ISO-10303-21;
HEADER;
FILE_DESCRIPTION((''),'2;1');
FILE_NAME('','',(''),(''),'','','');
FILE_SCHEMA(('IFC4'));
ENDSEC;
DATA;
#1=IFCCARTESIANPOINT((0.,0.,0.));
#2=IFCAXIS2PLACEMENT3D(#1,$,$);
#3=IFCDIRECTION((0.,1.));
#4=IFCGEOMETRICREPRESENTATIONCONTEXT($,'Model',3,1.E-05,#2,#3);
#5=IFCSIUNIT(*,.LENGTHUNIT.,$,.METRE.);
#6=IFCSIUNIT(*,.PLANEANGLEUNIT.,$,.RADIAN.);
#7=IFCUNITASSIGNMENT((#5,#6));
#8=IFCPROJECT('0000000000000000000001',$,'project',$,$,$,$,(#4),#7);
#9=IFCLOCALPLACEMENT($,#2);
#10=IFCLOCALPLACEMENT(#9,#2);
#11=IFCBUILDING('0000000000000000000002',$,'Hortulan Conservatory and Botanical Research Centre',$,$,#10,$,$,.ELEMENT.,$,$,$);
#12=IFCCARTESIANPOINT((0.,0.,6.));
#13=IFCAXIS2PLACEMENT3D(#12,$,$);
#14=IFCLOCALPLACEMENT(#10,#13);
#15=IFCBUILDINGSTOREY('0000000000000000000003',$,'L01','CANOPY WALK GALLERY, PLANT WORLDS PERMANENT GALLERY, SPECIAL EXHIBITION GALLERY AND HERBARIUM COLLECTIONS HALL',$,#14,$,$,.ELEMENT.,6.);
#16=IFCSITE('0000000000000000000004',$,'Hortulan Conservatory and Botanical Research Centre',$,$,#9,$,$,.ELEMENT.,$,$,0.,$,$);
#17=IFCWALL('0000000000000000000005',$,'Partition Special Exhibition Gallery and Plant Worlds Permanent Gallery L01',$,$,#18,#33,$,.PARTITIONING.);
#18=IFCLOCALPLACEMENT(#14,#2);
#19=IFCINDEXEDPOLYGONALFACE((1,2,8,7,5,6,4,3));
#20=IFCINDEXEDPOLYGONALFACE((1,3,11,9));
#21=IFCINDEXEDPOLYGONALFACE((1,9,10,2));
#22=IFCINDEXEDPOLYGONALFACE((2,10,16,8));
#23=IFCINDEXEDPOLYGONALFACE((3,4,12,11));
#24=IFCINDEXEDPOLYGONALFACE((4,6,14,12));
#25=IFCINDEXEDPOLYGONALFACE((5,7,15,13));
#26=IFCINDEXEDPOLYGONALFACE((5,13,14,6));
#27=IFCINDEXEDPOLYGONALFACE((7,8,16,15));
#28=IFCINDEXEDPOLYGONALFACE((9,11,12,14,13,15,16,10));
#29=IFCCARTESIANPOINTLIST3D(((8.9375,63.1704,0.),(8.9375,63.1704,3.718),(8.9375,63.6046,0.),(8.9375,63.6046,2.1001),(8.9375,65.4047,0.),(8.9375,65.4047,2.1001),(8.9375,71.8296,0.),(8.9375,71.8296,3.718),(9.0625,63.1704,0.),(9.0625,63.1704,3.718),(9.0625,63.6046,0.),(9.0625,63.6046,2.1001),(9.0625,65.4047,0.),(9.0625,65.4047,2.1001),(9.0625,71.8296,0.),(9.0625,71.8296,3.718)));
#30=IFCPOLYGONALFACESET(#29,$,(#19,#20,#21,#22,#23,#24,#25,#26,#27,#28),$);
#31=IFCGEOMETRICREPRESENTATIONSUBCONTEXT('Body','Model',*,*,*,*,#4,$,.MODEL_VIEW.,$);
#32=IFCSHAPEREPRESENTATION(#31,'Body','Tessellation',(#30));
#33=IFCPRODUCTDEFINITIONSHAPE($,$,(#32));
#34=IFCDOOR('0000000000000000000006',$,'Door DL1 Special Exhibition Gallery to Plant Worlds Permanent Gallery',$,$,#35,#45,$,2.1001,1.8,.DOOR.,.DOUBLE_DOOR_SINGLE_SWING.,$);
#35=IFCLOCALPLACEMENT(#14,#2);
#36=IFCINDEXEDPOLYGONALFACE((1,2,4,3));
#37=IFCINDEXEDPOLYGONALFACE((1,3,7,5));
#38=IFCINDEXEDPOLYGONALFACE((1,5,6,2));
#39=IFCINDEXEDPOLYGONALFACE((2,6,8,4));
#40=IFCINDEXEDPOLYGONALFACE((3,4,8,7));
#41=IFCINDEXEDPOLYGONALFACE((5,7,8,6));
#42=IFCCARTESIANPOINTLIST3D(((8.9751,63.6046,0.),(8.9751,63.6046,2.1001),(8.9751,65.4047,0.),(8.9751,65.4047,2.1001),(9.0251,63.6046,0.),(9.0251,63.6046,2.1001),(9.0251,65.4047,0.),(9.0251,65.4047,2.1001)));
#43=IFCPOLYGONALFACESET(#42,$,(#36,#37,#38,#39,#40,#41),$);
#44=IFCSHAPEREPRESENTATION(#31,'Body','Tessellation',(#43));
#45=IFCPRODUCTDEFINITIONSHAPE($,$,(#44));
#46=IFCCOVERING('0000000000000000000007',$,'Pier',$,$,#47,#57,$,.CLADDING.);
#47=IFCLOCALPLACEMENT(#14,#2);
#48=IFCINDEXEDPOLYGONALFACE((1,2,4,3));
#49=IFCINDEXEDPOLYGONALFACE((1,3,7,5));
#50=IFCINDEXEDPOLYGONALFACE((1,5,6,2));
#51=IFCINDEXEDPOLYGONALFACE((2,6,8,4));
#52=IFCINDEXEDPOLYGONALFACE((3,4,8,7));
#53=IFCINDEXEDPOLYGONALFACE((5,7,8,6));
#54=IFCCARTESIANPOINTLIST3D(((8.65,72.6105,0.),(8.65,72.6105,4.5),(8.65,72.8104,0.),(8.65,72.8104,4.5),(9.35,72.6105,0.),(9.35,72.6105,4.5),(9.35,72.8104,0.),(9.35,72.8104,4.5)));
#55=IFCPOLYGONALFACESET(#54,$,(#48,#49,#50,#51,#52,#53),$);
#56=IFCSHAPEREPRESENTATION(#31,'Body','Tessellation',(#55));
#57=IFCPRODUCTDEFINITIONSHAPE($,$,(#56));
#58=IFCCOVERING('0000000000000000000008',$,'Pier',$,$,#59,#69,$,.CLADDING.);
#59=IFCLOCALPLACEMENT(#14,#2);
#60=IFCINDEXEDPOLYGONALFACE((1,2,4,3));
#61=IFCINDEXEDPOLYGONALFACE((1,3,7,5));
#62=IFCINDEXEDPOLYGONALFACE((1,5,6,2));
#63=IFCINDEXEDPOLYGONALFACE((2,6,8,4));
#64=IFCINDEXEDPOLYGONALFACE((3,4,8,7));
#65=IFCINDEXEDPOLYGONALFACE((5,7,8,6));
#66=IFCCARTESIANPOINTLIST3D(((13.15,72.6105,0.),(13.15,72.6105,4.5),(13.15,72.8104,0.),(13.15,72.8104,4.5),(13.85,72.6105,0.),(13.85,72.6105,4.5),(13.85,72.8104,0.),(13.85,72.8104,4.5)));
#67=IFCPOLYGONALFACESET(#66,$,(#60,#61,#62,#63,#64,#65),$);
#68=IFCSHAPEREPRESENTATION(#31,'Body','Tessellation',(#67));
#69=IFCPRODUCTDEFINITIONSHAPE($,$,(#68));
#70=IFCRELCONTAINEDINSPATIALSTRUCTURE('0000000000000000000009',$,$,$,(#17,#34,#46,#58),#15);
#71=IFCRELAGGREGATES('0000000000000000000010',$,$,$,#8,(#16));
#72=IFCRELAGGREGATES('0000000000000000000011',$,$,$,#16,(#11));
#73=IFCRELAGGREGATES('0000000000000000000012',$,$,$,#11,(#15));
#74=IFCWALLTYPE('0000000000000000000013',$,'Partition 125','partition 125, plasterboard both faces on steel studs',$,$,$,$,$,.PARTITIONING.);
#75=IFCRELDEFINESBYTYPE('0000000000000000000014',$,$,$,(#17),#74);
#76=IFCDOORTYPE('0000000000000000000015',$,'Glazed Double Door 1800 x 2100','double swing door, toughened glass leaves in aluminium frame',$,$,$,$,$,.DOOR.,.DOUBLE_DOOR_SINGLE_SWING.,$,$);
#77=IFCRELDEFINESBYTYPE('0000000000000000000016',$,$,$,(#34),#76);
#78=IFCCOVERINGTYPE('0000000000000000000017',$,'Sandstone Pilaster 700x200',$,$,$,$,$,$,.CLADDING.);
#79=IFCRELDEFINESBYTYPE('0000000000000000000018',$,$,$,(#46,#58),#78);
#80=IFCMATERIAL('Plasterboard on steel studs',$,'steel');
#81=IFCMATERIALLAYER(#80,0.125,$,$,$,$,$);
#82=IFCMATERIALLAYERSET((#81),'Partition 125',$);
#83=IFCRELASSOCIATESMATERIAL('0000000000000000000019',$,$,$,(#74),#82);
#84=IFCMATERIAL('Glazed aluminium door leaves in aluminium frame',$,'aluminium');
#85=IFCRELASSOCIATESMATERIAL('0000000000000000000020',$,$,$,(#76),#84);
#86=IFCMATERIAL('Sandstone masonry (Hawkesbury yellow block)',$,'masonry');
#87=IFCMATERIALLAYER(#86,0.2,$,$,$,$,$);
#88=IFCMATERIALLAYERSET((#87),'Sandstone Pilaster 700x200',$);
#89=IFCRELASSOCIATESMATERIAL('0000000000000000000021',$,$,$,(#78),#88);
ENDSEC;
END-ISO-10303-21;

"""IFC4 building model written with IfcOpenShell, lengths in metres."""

from ifc_helpers import new_model, si_unit, direction, frame, frame_2d, origin, origin_2d, place, context, subcontext, project, spatial, rectangle, extrude, material, layer, layer_set, type_object, element, fill, save


model = new_model("IFC4")

# Units and contexts
model_context = context("Model", 3, precision=1e-05, world=origin(), true_north=direction((0.0, 1.0)))
body_context = subcontext(model_context, "Body", "Model", "MODEL_VIEW")
ifc_project = project(units=[si_unit("LENGTHUNIT", "METRE"), si_unit("PLANEANGLEUNIT", "RADIAN")], contexts=[model_context])

# Site, building, storey
site_placement = place(None, origin())
site = spatial("IfcSite", under=ifc_project, at=site_placement, Name="Hortulan Conservatory and Botanical Research Centre", CompositionType="ELEMENT", RefElevation=0.0)
building_placement = place(site_placement, origin())
building = spatial("IfcBuilding", under=site, at=building_placement, Name="Hortulan Conservatory and Botanical Research Centre", CompositionType="ELEMENT")
storey_placement = place(building_placement, frame((0.0, 0.0, 6.0)))
storey = spatial("IfcBuildingStorey", under=building, at=storey_placement, Name="L01", Description="CANOPY WALK GALLERY, PLANT WORLDS PERMANENT GALLERY, SPECIAL EXHIBITION GALLERY AND HERBARIUM COLLECTIONS HALL", CompositionType="ELEMENT", Elevation=6.0)

# Wall, opening, door
ifc_material_1 = material(Name="Plasterboard on steel studs", Category="steel")
ifc_layer_1 = layer(ifc_material_1, 0.125)
ifc_layer_set_1 = layer_set([ifc_layer_1], Name="Partition 125")
wall_type = type_object("IfcWallType", Name="Partition 125", Description="partition 125, plasterboard both faces on steel studs", PredefinedType="PARTITIONING", material=ifc_layer_set_1)
wall_placement = place(storey_placement, frame((9.0, 63.1704, 0.0), z_axis=(0.0, 0.0, 1.0), x_axis=(0.0, 1.0, 0.0)))
wall = element("IfcWall", 1, at=wall_placement, inside=storey, type_object=wall_type, Name="Partition Special Exhibition Gallery and Plant Worlds Permanent Gallery L01", PredefinedType="PARTITIONING", context=body_context, shape_type="SweptSolid", body=[
    extrude(rectangle(XDim=8.6592, YDim=0.125, at=frame_2d((4.3296, 0.0))), origin(), (0.0, 0.0, 1.0), 3.718),
])
opening_placement = place(wall_placement, frame((0.4343, 0.0, 0.0)))
opening = element("IfcOpeningElement", 2, at=opening_placement, cuts=wall, PredefinedType="OPENING", context=body_context, shape_type="SweptSolid", body=[
    extrude(rectangle(XDim=1.8, YDim=2.1001, at=frame_2d((0.8999, 1.05))), frame((0.0, 0.0725, 0.0), z_axis=(0.0, -1.0, 0.0), x_axis=(1.0, 0.0, 0.0)), (0.0, 0.0, 1.0), 0.145),
])
ifc_material_2 = material(Name="Glazed aluminium door leaves in aluminium frame", Category="aluminium")
door_type = type_object("IfcDoorType", Name="Glazed Double Door 1800 x 2100", Description="double swing door, toughened glass leaves in aluminium frame", OperationType="DOUBLE_DOOR_SINGLE_SWING", PredefinedType="DOOR", material=ifc_material_2)
door_placement = place(opening_placement, origin())
door = element("IfcDoor", 3, at=door_placement, inside=storey, type_object=door_type, Name="Door DL1 Special Exhibition Gallery to Plant Worlds Permanent Gallery", OperationType="DOUBLE_DOOR_SINGLE_SWING", OverallHeight=2.1001, OverallWidth=1.8, PredefinedType="DOOR", context=body_context, shape_type="SweptSolid", body=[
    extrude(rectangle(XDim=1.8, YDim=2.1001, at=frame_2d((0.8999, 1.05))), frame((0.0, 0.0249, 0.0), z_axis=(0.0, -1.0, 0.0), x_axis=(1.0, 0.0, 0.0)), (0.0, 0.0, 1.0), 0.05),
])
fill(opening, door)

# Coverings
ifc_material_3 = material(Name="Sandstone masonry (Hawkesbury yellow block)", Category="masonry")
ifc_layer_2 = layer(ifc_material_3, 0.2)
ifc_layer_set_2 = layer_set([ifc_layer_2], Name="Sandstone Pilaster 700x200")
covering_type = type_object("IfcCoveringType", Name="Sandstone Pilaster 700x200", PredefinedType="CLADDING", material=ifc_layer_set_2)
for number, where, z_axis, x_axis, name in (
    (4, (9.0, 72.7104, 0.0), (0.0, 0.0, 1.0), (1.0, 0.0, 0.0), "Pier"),
    (5, (13.5, 72.7104, 0.0), (0.0, 0.0, 1.0), (1.0, 0.0, 0.0), "Pier"),
):
    element("IfcCovering", number, at=place(storey_placement, frame(where, z_axis=z_axis, x_axis=x_axis)), inside=storey, type_object=covering_type, Name=name, PredefinedType="CLADDING", context=body_context, shape_type="SweptSolid", body=[
        extrude(rectangle(XDim=0.7, YDim=0.2, at=origin_2d()), origin(), (0.0, 0.0, 1.0), 4.5),
    ])

save(model, "model.ifc")
